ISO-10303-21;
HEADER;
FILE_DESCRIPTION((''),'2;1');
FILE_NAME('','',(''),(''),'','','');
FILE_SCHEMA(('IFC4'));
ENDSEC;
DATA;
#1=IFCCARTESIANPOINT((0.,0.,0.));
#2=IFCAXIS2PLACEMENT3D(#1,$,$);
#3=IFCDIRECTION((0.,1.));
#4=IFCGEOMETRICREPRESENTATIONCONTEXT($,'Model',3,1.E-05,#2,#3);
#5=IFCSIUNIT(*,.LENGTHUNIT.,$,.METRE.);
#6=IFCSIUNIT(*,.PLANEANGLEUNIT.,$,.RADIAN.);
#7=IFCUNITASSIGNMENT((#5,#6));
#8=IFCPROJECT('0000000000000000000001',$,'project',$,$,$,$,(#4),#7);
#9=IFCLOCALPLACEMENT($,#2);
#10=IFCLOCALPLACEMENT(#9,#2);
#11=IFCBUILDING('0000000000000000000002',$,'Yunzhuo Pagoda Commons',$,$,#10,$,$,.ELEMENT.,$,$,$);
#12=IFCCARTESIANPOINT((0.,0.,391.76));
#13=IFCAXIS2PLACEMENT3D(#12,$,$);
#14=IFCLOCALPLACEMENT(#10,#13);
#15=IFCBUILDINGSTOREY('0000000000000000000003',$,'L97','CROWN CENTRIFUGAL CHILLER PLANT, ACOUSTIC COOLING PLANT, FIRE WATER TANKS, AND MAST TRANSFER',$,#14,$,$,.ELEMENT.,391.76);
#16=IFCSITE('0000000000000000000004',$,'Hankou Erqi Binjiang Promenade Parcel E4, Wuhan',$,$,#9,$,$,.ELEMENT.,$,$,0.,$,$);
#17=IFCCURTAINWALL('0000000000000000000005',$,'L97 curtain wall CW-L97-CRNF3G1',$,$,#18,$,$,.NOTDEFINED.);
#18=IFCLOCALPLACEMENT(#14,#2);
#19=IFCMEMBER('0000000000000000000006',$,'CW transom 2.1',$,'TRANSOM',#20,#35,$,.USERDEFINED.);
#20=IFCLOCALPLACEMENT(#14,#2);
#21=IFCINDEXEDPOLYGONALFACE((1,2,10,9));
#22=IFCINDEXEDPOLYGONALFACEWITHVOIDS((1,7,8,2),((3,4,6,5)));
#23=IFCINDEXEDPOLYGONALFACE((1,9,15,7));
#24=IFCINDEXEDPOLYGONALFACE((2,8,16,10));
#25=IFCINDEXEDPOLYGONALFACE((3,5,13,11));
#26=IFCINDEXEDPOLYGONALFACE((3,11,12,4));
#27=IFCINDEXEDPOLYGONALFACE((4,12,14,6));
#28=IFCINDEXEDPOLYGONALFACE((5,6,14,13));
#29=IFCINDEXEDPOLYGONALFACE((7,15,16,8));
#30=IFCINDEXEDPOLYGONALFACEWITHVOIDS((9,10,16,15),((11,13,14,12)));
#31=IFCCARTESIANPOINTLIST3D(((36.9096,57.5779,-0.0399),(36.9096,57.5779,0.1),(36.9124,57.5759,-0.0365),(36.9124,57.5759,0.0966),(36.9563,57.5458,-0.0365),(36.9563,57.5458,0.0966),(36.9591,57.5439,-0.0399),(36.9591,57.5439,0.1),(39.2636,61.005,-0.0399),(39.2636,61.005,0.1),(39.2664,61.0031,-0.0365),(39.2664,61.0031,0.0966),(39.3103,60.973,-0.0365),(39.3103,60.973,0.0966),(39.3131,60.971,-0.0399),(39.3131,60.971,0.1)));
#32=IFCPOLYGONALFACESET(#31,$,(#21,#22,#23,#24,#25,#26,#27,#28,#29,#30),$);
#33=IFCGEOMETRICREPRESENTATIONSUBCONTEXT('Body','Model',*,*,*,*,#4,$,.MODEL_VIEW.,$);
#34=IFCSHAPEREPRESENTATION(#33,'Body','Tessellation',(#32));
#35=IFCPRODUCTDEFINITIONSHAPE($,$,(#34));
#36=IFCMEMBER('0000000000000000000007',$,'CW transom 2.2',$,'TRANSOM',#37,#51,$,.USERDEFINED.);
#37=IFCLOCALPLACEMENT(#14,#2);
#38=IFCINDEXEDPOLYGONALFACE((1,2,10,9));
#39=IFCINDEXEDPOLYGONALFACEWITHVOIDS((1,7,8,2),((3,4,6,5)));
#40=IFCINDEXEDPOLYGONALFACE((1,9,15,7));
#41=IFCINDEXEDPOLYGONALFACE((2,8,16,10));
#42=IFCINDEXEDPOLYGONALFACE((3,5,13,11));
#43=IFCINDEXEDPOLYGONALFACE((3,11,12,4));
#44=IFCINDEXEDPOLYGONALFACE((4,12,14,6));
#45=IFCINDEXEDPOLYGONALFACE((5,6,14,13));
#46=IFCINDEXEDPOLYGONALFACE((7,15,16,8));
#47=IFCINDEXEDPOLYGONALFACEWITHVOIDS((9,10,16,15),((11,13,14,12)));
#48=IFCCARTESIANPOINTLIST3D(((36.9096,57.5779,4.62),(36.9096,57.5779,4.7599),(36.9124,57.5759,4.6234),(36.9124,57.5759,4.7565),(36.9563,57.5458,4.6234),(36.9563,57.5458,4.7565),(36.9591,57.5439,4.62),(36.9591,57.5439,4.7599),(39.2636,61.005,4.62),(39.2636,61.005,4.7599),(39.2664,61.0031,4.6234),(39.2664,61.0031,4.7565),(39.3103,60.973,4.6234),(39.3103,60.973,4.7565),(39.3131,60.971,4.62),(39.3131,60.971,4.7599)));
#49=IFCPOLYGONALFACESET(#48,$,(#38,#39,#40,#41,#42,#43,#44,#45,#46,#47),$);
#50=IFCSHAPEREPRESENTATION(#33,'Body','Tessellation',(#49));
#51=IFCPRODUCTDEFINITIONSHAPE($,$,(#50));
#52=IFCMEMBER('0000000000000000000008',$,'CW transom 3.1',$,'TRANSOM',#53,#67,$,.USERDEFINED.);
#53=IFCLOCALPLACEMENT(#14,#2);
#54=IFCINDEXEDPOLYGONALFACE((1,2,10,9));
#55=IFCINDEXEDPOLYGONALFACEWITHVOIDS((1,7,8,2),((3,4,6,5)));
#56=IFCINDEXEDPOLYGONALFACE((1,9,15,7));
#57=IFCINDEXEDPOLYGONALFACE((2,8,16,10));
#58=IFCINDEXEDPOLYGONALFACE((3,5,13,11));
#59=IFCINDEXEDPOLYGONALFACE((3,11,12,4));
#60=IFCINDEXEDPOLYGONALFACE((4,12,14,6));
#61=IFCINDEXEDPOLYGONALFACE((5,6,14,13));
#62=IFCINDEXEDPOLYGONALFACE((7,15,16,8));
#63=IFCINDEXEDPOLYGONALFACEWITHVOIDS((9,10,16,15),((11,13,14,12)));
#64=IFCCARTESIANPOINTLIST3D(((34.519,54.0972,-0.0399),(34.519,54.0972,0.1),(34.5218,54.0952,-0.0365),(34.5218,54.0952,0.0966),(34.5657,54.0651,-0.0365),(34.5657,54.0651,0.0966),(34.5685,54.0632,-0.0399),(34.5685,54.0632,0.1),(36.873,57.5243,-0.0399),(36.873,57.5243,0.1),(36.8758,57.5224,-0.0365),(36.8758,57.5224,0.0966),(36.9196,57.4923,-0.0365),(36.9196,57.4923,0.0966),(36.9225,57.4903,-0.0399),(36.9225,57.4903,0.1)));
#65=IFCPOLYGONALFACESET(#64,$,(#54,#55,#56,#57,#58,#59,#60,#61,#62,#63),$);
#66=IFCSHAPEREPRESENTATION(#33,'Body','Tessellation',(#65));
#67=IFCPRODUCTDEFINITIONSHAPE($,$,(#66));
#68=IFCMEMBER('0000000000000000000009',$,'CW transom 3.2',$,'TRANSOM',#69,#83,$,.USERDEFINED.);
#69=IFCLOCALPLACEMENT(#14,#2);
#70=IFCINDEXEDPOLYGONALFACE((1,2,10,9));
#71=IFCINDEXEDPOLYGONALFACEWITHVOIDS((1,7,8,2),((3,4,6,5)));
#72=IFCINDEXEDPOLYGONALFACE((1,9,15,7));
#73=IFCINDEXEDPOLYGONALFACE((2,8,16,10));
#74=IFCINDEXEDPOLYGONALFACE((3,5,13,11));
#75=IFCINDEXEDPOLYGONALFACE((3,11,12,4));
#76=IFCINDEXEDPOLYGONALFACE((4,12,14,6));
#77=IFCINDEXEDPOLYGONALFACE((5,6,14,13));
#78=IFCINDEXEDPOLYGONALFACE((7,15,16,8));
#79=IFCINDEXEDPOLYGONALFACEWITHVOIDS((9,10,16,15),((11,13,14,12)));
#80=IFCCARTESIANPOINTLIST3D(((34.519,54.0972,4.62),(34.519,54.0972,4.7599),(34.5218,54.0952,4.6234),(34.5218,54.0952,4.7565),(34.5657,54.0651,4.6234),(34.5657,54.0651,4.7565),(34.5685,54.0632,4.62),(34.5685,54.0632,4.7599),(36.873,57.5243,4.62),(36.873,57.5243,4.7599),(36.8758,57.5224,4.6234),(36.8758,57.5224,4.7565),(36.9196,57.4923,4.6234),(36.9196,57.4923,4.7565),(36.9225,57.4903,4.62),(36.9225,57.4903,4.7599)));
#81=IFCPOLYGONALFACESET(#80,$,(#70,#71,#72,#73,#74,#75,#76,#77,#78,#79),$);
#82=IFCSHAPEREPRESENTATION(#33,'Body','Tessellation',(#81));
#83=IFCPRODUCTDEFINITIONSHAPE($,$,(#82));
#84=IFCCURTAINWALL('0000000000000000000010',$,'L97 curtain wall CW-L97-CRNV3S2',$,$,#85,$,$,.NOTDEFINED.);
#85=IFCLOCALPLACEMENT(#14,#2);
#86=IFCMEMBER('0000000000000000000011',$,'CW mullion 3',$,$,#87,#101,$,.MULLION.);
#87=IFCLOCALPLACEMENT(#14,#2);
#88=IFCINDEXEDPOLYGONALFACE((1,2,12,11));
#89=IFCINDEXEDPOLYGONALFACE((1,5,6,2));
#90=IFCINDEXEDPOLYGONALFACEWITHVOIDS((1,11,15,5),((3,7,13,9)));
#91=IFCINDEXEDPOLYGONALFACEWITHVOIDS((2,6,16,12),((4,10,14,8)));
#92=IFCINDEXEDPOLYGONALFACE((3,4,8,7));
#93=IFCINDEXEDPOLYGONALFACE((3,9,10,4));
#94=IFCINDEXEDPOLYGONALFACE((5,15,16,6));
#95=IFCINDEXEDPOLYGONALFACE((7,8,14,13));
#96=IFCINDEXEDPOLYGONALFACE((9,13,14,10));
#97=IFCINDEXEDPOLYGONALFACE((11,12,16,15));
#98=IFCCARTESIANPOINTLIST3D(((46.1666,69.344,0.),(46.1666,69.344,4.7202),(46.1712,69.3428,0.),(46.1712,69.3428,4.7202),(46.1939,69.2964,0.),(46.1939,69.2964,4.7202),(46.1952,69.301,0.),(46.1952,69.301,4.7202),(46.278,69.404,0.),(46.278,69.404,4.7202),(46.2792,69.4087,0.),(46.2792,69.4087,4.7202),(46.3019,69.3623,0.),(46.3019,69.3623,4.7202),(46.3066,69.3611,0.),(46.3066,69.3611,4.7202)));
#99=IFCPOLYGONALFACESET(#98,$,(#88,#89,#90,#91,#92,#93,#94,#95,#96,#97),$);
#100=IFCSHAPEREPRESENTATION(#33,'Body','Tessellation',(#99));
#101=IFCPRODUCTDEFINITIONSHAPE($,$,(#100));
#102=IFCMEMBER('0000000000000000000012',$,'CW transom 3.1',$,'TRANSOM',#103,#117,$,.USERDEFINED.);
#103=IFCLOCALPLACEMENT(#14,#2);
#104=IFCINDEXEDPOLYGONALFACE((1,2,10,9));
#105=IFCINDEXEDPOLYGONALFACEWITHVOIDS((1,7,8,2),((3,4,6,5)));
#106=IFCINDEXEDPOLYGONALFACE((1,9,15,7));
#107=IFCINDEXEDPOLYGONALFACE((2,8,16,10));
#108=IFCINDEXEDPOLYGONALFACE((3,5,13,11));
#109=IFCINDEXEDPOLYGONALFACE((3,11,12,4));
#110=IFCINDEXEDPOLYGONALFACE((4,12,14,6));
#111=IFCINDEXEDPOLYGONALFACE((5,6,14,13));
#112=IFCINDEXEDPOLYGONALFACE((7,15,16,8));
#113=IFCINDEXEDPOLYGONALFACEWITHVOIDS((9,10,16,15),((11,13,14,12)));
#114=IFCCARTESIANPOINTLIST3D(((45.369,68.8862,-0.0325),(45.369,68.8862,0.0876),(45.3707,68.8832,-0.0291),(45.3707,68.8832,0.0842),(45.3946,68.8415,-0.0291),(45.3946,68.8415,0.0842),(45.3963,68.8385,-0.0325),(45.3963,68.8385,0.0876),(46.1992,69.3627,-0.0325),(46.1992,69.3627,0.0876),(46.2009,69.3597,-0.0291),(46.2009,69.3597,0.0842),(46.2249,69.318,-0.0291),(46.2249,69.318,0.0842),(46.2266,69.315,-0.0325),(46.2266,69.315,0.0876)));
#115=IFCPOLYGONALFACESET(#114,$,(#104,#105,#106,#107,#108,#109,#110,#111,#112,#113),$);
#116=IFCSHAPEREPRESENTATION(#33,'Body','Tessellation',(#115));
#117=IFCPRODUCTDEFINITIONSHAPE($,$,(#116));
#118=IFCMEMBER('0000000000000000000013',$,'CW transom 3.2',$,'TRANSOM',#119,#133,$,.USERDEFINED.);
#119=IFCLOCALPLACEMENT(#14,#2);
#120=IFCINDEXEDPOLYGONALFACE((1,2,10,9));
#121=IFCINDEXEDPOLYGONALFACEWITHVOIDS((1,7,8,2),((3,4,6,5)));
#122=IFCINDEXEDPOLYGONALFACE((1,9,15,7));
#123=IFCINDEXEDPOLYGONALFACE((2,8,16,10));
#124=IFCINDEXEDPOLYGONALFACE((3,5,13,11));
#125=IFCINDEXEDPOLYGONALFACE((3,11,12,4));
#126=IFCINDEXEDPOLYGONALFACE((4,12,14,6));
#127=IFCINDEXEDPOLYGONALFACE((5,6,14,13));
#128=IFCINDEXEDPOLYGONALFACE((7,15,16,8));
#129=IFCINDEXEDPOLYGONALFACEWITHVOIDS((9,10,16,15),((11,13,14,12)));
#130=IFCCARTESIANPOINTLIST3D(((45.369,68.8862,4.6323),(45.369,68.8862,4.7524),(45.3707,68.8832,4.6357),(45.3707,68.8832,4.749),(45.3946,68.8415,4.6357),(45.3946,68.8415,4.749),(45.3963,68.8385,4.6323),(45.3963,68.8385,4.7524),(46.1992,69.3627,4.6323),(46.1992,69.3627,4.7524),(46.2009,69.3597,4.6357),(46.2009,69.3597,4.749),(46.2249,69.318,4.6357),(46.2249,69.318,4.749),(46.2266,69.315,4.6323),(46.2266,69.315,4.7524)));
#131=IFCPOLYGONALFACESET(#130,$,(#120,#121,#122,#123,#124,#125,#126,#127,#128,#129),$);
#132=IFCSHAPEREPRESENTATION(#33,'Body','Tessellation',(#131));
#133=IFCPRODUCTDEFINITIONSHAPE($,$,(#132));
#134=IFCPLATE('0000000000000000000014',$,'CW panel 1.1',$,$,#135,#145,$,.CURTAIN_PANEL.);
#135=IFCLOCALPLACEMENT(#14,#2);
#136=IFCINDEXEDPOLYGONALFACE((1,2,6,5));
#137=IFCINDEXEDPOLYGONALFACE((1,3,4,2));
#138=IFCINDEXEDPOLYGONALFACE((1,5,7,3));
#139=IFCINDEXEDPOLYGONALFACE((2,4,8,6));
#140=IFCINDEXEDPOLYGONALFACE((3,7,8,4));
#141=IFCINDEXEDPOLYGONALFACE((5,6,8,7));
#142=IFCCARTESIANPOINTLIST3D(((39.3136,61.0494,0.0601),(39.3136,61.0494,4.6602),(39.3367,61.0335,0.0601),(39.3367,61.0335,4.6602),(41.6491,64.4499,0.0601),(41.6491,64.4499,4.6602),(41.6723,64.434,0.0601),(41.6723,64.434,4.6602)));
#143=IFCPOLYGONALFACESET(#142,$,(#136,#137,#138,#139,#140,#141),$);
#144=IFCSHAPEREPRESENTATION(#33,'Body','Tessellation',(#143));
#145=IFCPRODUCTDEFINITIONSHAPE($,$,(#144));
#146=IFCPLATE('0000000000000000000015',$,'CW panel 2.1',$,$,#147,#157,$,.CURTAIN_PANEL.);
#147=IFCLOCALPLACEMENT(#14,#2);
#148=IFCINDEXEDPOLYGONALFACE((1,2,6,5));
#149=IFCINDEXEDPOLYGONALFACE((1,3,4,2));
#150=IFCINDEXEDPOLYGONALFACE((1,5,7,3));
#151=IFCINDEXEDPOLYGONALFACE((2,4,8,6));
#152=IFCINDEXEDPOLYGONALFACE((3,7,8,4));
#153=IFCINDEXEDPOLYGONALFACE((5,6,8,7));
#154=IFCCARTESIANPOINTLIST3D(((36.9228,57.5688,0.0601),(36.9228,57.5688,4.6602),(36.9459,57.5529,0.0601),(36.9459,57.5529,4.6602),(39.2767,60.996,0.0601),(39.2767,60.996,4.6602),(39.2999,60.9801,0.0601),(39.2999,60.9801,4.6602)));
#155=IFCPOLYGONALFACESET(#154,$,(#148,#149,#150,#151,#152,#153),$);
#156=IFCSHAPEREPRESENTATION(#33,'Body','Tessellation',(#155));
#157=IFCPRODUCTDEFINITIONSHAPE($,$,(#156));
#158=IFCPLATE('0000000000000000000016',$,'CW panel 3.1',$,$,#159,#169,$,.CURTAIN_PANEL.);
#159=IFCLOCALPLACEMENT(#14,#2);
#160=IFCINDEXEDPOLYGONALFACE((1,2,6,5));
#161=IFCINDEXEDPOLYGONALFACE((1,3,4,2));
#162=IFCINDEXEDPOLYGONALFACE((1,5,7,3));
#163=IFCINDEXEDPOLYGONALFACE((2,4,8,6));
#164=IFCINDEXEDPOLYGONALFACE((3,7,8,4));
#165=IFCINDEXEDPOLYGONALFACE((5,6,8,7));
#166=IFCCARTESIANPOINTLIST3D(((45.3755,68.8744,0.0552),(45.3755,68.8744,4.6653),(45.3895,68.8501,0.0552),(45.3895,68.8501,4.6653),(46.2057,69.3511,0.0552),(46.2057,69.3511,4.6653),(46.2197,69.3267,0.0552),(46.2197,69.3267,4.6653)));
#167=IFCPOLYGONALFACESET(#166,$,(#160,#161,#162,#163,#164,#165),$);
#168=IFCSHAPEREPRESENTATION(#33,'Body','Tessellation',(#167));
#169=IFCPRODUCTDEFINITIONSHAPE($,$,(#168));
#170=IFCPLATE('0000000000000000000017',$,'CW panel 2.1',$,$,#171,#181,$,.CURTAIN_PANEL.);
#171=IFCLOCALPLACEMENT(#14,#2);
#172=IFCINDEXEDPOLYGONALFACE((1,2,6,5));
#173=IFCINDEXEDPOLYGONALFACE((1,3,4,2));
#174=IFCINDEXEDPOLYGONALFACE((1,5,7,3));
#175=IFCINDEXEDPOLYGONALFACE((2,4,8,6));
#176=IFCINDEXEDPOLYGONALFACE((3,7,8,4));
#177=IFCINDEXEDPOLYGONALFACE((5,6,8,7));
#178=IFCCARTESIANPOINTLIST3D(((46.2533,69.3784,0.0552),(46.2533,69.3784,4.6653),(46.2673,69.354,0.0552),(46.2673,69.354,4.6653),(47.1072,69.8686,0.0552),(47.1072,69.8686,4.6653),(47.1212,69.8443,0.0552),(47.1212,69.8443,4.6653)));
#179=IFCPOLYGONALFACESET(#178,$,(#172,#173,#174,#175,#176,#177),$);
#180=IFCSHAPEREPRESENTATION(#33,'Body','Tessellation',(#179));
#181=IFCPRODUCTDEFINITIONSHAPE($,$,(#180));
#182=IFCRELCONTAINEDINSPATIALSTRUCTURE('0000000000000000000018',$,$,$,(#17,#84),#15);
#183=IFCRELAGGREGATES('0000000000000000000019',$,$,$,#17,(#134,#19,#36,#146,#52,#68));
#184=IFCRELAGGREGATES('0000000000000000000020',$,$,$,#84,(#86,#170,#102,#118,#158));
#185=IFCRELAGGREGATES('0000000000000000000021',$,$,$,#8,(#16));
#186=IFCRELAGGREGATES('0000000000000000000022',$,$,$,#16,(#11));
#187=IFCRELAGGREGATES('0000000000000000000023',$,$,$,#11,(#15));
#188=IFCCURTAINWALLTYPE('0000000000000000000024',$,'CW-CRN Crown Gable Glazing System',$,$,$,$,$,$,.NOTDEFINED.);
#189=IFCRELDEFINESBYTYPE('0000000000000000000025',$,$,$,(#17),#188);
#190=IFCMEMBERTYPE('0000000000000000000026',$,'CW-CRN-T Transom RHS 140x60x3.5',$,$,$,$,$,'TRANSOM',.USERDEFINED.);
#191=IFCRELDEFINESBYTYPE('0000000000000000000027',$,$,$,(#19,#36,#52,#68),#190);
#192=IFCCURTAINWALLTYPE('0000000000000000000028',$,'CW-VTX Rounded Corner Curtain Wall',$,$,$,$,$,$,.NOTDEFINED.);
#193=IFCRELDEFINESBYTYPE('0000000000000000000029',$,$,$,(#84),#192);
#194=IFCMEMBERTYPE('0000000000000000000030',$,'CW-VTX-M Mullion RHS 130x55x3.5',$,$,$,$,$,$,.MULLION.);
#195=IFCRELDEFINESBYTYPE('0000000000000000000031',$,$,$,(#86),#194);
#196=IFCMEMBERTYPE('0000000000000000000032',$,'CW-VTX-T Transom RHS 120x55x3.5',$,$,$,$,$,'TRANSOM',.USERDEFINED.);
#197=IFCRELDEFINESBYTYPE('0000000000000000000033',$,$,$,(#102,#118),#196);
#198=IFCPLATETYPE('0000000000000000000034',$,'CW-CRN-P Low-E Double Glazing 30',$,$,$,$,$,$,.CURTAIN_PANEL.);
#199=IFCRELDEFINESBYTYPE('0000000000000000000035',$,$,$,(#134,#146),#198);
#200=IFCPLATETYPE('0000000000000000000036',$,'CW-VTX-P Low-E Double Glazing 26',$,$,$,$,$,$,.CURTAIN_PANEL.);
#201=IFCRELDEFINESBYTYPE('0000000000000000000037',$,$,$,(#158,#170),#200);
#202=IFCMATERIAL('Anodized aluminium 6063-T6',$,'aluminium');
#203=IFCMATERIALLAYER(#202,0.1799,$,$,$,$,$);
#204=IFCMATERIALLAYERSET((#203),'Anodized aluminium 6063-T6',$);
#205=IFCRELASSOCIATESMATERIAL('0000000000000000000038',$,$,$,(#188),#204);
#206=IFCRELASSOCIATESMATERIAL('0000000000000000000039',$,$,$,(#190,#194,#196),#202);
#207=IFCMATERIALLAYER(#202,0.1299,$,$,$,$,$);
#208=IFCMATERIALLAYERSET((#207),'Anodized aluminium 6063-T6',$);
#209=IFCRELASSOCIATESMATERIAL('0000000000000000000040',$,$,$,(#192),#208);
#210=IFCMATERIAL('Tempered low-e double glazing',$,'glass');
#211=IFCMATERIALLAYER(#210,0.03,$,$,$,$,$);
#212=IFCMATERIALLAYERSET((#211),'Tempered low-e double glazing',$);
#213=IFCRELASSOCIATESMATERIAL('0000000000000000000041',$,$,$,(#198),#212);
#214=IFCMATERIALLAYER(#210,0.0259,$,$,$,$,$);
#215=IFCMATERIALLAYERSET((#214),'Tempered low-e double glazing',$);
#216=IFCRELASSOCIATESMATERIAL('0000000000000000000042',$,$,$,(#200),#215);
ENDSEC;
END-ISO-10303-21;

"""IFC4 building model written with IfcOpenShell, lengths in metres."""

from ifc_helpers import new_model, si_unit, direction, frame, origin, origin_2d, place, context, subcontext, project, spatial, rectangle, hollow_rectangle, extrude, source, transform, mapped, material, layer, layer_set, material_profile, profile_set, type_object, element, aggregate, save


model = new_model("IFC4")

# Units and contexts
model_context = context("Model", 3, precision=1e-05, world=origin(), true_north=direction((0.0, 1.0)))
body_context = subcontext(model_context, "Body", "Model", "MODEL_VIEW")
ifc_project = project(units=[si_unit("LENGTHUNIT", "METRE"), si_unit("PLANEANGLEUNIT", "RADIAN")], contexts=[model_context])

# Site, building, storey
site_placement = place(None, origin())
site = spatial("IfcSite", under=ifc_project, at=site_placement, Name="Hankou Erqi Binjiang Promenade Parcel E4, Wuhan", CompositionType="ELEMENT", RefElevation=0.0)
building_placement = place(site_placement, origin())
building = spatial("IfcBuilding", under=site, at=building_placement, Name="Yunzhuo Pagoda Commons", CompositionType="ELEMENT")
storey_placement = place(building_placement, frame((0.0, 0.0, 391.76)))
storey = spatial("IfcBuildingStorey", under=building, at=storey_placement, Name="L97", Description="CROWN CENTRIFUGAL CHILLER PLANT, ACOUSTIC COOLING PLANT, FIRE WATER TANKS, AND MAST TRANSFER", CompositionType="ELEMENT", Elevation=391.76)

# Curtain walls, members
ifc_material_1 = material(Name="Anodized aluminium 6063-T6", Category="aluminium")
ifc_layer_1 = layer(ifc_material_1, 0.1799)
ifc_layer_set_1 = layer_set([ifc_layer_1], Name="Anodized aluminium 6063-T6")
curtain_wall_type_1 = type_object("IfcCurtainWallType", Name="CW-CRN Crown Gable Glazing System", PredefinedType="NOTDEFINED", material=ifc_layer_set_1)
curtain_wall_1_placement = place(storey_placement, origin())
curtain_wall_1 = element("IfcCurtainWall", 1, at=curtain_wall_1_placement, inside=storey, type_object=curtain_wall_type_1, Name="L97 curtain wall CW-L97-CRNF3G1", PredefinedType="NOTDEFINED")
ifc_material_profile_1 = material_profile(ifc_material_1, hollow_rectangle(XDim=0.0601, YDim=0.1399, WallThickness=0.0034, at=origin_2d()), Name="Anodized aluminium 6063-T6")
ifc_profile_set_1 = profile_set([ifc_material_profile_1], Name="Anodized aluminium 6063-T6")
member_type_1 = type_object("IfcMemberType", Name="CW-CRN-T Transom RHS 140x60x3.5", ElementType="TRANSOM", PredefinedType="USERDEFINED", material=ifc_profile_set_1)
shared_shape_1 = source(origin(), body_context, "Body", "SweptSolid", [
    extrude(hollow_rectangle(XDim=0.0601, YDim=0.1399, WallThickness=0.0034, at=origin_2d()), origin(), (0.0, 0.0, 1.0), 4.1577),
])
member_1_placement = place(storey_placement, frame((39.2883, 60.988, 0.03), z_axis=(-0.566165, -0.824292, 0.0), x_axis=(0.824292, -0.566165, 0.0)))
member_1 = element("IfcMember", 2, at=member_1_placement, type_object=member_type_1, Name="CW transom 2.1", ObjectType="TRANSOM", PredefinedType="USERDEFINED", context=body_context, shape_type="MappedRepresentation", body=[
    mapped(shared_shape_1, transform((0.0, 0.0, 0.0), scale=1.0)),
])
member_2_placement = place(storey_placement, frame((39.2883, 60.988, 4.6899), z_axis=(-0.566165, -0.824292, 0.0), x_axis=(0.824292, -0.566165, 0.0)))
member_2 = element("IfcMember", 3, at=member_2_placement, type_object=member_type_1, Name="CW transom 2.2", ObjectType="TRANSOM", PredefinedType="USERDEFINED", context=body_context, shape_type="MappedRepresentation", body=[
    mapped(shared_shape_1, transform((0.0, 0.0, 0.0), scale=1.0)),
])
member_3_placement = place(storey_placement, frame((36.8977, 57.5073, 0.03), z_axis=(-0.566165, -0.824292, 0.0), x_axis=(0.824292, -0.566165, 0.0)))
member_3 = element("IfcMember", 4, at=member_3_placement, type_object=member_type_1, Name="CW transom 3.1", ObjectType="TRANSOM", PredefinedType="USERDEFINED", context=body_context, shape_type="MappedRepresentation", body=[
    mapped(shared_shape_1, transform((0.0, 0.0, 0.0), scale=1.0)),
])
member_4_placement = place(storey_placement, frame((36.8977, 57.5073, 4.6899), z_axis=(-0.566165, -0.824292, 0.0), x_axis=(0.824292, -0.566165, 0.0)))
member_4 = element("IfcMember", 5, at=member_4_placement, type_object=member_type_1, Name="CW transom 3.2", ObjectType="TRANSOM", PredefinedType="USERDEFINED", context=body_context, shape_type="MappedRepresentation", body=[
    mapped(shared_shape_1, transform((0.0, 0.0, 0.0), scale=1.0)),
])
ifc_layer_2 = layer(ifc_material_1, 0.1299)
ifc_layer_set_2 = layer_set([ifc_layer_2], Name="Anodized aluminium 6063-T6")
curtain_wall_type_2 = type_object("IfcCurtainWallType", Name="CW-VTX Rounded Corner Curtain Wall", PredefinedType="NOTDEFINED", material=ifc_layer_set_2)
curtain_wall_2_placement = place(storey_placement, origin())
curtain_wall_2 = element("IfcCurtainWall", 6, at=curtain_wall_2_placement, inside=storey, type_object=curtain_wall_type_2, Name="L97 curtain wall CW-L97-CRNV3S2", PredefinedType="NOTDEFINED")
ifc_material_profile_2 = material_profile(ifc_material_1, hollow_rectangle(XDim=0.0549, YDim=0.1299, WallThickness=0.0034, at=origin_2d()), Name="Anodized aluminium 6063-T6")
ifc_profile_set_2 = profile_set([ifc_material_profile_2], Name="Anodized aluminium 6063-T6")
member_type_2 = type_object("IfcMemberType", Name="CW-VTX-M Mullion RHS 130x55x3.5", PredefinedType="MULLION", material=ifc_profile_set_2)
shared_shape_2 = source(origin(), body_context, "Body", "SweptSolid", [
    extrude(hollow_rectangle(XDim=0.0549, YDim=0.1299, WallThickness=0.0034, at=origin_2d()), origin(), (0.0, 0.0, 1.0), 4.7202),
])
member_5_placement = place(storey_placement, frame((46.2366, 69.3525, 0.0), z_axis=(0.0, 0.0, 1.0), x_axis=(0.497937, -0.867213, 0.0)))
member_5 = element("IfcMember", 7, at=member_5_placement, type_object=member_type_2, Name="CW mullion 3", PredefinedType="MULLION", context=body_context, shape_type="MappedRepresentation", body=[
    mapped(shared_shape_2, transform((0.0, 0.0, 0.0), scale=1.0)),
])
ifc_material_profile_3 = material_profile(ifc_material_1, hollow_rectangle(XDim=0.0549, YDim=0.1201, WallThickness=0.0034, at=origin_2d()), Name="Anodized aluminium 6063-T6")
ifc_profile_set_3 = profile_set([ifc_material_profile_3], Name="Anodized aluminium 6063-T6")
member_type_3 = type_object("IfcMemberType", Name="CW-VTX-T Transom RHS 120x55x3.5", ElementType="TRANSOM", PredefinedType="USERDEFINED", material=ifc_profile_set_3)
shared_shape_3 = source(origin(), body_context, "Body", "SweptSolid", [
    extrude(hollow_rectangle(XDim=0.0549, YDim=0.1201, WallThickness=0.0034, at=origin_2d()), origin(), (0.0, 0.0, 1.0), 0.9573),
])
member_6_placement = place(storey_placement, frame((46.2129, 69.3389, 0.0276), z_axis=(-0.8673, -0.497786, 0.0), x_axis=(0.497786, -0.8673, 0.0)))
member_6 = element("IfcMember", 8, at=member_6_placement, type_object=member_type_3, Name="CW transom 3.1", ObjectType="TRANSOM", PredefinedType="USERDEFINED", context=body_context, shape_type="MappedRepresentation", body=[
    mapped(shared_shape_3, transform((0.0, 0.0, 0.0), scale=1.0)),
])
member_7_placement = place(storey_placement, frame((46.2129, 69.3389, 4.6924), z_axis=(-0.8673, -0.497786, 0.0), x_axis=(0.497786, -0.8673, 0.0)))
member_7 = element("IfcMember", 9, at=member_7_placement, type_object=member_type_3, Name="CW transom 3.2", ObjectType="TRANSOM", PredefinedType="USERDEFINED", context=body_context, shape_type="MappedRepresentation", body=[
    mapped(shared_shape_3, transform((0.0, 0.0, 0.0), scale=1.0)),
])

# Plates
ifc_material_2 = material(Name="Tempered low-e double glazing", Category="glass")
ifc_layer_3 = layer(ifc_material_2, 0.03)
ifc_layer_set_3 = layer_set([ifc_layer_3], Name="Tempered low-e double glazing")
plate_type_1 = type_object("IfcPlateType", Name="CW-CRN-P Low-E Double Glazing 30", PredefinedType="CURTAIN_PANEL", material=ifc_layer_set_3)
shared_shape_4 = source(origin(), body_context, "Body", "SweptSolid", [
    extrude(rectangle(XDim=4.1252, YDim=0.0281, at=origin_2d()), origin(), (0.0, 0.0, 1.0), 4.6001),
])
plate_1_placement = place(storey_placement, frame((40.4929, 62.7417, 0.0601), z_axis=(0.0, 0.0, 1.0), x_axis=(-0.566159, -0.824296, 0.0)))
plate_1 = element("IfcPlate", 10, at=plate_1_placement, type_object=plate_type_1, Name="CW panel 1.1", PredefinedType="CURTAIN_PANEL", context=body_context, shape_type="MappedRepresentation", body=[
    mapped(shared_shape_4, transform((0.0, 0.0, 0.0), scale=1.0)),
])
shared_shape_5 = source(origin(), body_context, "Body", "SweptSolid", [
    extrude(rectangle(XDim=4.1577, YDim=0.0281, at=origin_2d()), origin(), (0.0, 0.0, 1.0), 4.6001),
])
plate_2_placement = place(storey_placement, frame((38.1113, 59.2744, 0.0601), z_axis=(0.0, 0.0, 1.0), x_axis=(-0.566159, -0.824296, 0.0)))
plate_2 = element("IfcPlate", 11, at=plate_2_placement, type_object=plate_type_1, Name="CW panel 2.1", PredefinedType="CURTAIN_PANEL", context=body_context, shape_type="MappedRepresentation", body=[
    mapped(shared_shape_5, transform((0.0, 0.0, 0.0), scale=1.0)),
])
aggregate(curtain_wall_1, [plate_1, member_1, member_2, plate_2, member_3, member_4])
ifc_layer_4 = layer(ifc_material_2, 0.0259)
ifc_layer_set_4 = layer_set([ifc_layer_4], Name="Tempered low-e double glazing")
plate_type_2 = type_object("IfcPlateType", Name="CW-VTX-P Low-E Double Glazing 26", PredefinedType="CURTAIN_PANEL", material=ifc_layer_set_4)
shared_shape_6 = source(origin(), body_context, "Body", "SweptSolid", [
    extrude(rectangle(XDim=0.9573, YDim=0.0281, at=origin_2d()), origin(), (0.0, 0.0, 1.0), 4.6101),
])
plate_3_placement = place(storey_placement, frame((45.7976, 69.1006, 0.0552), z_axis=(0.0, 0.0, 1.0), x_axis=(-0.867213, -0.497937, 0.0)))
plate_3 = element("IfcPlate", 12, at=plate_3_placement, type_object=plate_type_2, Name="CW panel 3.1", PredefinedType="CURTAIN_PANEL", context=body_context, shape_type="MappedRepresentation", body=[
    mapped(shared_shape_6, transform((0.0, 0.0, 0.0), scale=1.0)),
])
shared_shape_7 = source(origin(), body_context, "Body", "SweptSolid", [
    extrude(rectangle(XDim=0.9846, YDim=0.0281, at=origin_2d()), origin(), (0.0, 0.0, 1.0), 4.6101),
])
plate_4_placement = place(storey_placement, frame((46.6873, 69.6113, 0.0552), z_axis=(0.0, 0.0, 1.0), x_axis=(-0.867213, -0.497937, 0.0)))
plate_4 = element("IfcPlate", 13, at=plate_4_placement, type_object=plate_type_2, Name="CW panel 2.1", PredefinedType="CURTAIN_PANEL", context=body_context, shape_type="MappedRepresentation", body=[
    mapped(shared_shape_7, transform((0.0, 0.0, 0.0), scale=1.0)),
])
aggregate(curtain_wall_2, [member_5, plate_4, member_6, member_7, plate_3])

save(model, "model.ifc")
